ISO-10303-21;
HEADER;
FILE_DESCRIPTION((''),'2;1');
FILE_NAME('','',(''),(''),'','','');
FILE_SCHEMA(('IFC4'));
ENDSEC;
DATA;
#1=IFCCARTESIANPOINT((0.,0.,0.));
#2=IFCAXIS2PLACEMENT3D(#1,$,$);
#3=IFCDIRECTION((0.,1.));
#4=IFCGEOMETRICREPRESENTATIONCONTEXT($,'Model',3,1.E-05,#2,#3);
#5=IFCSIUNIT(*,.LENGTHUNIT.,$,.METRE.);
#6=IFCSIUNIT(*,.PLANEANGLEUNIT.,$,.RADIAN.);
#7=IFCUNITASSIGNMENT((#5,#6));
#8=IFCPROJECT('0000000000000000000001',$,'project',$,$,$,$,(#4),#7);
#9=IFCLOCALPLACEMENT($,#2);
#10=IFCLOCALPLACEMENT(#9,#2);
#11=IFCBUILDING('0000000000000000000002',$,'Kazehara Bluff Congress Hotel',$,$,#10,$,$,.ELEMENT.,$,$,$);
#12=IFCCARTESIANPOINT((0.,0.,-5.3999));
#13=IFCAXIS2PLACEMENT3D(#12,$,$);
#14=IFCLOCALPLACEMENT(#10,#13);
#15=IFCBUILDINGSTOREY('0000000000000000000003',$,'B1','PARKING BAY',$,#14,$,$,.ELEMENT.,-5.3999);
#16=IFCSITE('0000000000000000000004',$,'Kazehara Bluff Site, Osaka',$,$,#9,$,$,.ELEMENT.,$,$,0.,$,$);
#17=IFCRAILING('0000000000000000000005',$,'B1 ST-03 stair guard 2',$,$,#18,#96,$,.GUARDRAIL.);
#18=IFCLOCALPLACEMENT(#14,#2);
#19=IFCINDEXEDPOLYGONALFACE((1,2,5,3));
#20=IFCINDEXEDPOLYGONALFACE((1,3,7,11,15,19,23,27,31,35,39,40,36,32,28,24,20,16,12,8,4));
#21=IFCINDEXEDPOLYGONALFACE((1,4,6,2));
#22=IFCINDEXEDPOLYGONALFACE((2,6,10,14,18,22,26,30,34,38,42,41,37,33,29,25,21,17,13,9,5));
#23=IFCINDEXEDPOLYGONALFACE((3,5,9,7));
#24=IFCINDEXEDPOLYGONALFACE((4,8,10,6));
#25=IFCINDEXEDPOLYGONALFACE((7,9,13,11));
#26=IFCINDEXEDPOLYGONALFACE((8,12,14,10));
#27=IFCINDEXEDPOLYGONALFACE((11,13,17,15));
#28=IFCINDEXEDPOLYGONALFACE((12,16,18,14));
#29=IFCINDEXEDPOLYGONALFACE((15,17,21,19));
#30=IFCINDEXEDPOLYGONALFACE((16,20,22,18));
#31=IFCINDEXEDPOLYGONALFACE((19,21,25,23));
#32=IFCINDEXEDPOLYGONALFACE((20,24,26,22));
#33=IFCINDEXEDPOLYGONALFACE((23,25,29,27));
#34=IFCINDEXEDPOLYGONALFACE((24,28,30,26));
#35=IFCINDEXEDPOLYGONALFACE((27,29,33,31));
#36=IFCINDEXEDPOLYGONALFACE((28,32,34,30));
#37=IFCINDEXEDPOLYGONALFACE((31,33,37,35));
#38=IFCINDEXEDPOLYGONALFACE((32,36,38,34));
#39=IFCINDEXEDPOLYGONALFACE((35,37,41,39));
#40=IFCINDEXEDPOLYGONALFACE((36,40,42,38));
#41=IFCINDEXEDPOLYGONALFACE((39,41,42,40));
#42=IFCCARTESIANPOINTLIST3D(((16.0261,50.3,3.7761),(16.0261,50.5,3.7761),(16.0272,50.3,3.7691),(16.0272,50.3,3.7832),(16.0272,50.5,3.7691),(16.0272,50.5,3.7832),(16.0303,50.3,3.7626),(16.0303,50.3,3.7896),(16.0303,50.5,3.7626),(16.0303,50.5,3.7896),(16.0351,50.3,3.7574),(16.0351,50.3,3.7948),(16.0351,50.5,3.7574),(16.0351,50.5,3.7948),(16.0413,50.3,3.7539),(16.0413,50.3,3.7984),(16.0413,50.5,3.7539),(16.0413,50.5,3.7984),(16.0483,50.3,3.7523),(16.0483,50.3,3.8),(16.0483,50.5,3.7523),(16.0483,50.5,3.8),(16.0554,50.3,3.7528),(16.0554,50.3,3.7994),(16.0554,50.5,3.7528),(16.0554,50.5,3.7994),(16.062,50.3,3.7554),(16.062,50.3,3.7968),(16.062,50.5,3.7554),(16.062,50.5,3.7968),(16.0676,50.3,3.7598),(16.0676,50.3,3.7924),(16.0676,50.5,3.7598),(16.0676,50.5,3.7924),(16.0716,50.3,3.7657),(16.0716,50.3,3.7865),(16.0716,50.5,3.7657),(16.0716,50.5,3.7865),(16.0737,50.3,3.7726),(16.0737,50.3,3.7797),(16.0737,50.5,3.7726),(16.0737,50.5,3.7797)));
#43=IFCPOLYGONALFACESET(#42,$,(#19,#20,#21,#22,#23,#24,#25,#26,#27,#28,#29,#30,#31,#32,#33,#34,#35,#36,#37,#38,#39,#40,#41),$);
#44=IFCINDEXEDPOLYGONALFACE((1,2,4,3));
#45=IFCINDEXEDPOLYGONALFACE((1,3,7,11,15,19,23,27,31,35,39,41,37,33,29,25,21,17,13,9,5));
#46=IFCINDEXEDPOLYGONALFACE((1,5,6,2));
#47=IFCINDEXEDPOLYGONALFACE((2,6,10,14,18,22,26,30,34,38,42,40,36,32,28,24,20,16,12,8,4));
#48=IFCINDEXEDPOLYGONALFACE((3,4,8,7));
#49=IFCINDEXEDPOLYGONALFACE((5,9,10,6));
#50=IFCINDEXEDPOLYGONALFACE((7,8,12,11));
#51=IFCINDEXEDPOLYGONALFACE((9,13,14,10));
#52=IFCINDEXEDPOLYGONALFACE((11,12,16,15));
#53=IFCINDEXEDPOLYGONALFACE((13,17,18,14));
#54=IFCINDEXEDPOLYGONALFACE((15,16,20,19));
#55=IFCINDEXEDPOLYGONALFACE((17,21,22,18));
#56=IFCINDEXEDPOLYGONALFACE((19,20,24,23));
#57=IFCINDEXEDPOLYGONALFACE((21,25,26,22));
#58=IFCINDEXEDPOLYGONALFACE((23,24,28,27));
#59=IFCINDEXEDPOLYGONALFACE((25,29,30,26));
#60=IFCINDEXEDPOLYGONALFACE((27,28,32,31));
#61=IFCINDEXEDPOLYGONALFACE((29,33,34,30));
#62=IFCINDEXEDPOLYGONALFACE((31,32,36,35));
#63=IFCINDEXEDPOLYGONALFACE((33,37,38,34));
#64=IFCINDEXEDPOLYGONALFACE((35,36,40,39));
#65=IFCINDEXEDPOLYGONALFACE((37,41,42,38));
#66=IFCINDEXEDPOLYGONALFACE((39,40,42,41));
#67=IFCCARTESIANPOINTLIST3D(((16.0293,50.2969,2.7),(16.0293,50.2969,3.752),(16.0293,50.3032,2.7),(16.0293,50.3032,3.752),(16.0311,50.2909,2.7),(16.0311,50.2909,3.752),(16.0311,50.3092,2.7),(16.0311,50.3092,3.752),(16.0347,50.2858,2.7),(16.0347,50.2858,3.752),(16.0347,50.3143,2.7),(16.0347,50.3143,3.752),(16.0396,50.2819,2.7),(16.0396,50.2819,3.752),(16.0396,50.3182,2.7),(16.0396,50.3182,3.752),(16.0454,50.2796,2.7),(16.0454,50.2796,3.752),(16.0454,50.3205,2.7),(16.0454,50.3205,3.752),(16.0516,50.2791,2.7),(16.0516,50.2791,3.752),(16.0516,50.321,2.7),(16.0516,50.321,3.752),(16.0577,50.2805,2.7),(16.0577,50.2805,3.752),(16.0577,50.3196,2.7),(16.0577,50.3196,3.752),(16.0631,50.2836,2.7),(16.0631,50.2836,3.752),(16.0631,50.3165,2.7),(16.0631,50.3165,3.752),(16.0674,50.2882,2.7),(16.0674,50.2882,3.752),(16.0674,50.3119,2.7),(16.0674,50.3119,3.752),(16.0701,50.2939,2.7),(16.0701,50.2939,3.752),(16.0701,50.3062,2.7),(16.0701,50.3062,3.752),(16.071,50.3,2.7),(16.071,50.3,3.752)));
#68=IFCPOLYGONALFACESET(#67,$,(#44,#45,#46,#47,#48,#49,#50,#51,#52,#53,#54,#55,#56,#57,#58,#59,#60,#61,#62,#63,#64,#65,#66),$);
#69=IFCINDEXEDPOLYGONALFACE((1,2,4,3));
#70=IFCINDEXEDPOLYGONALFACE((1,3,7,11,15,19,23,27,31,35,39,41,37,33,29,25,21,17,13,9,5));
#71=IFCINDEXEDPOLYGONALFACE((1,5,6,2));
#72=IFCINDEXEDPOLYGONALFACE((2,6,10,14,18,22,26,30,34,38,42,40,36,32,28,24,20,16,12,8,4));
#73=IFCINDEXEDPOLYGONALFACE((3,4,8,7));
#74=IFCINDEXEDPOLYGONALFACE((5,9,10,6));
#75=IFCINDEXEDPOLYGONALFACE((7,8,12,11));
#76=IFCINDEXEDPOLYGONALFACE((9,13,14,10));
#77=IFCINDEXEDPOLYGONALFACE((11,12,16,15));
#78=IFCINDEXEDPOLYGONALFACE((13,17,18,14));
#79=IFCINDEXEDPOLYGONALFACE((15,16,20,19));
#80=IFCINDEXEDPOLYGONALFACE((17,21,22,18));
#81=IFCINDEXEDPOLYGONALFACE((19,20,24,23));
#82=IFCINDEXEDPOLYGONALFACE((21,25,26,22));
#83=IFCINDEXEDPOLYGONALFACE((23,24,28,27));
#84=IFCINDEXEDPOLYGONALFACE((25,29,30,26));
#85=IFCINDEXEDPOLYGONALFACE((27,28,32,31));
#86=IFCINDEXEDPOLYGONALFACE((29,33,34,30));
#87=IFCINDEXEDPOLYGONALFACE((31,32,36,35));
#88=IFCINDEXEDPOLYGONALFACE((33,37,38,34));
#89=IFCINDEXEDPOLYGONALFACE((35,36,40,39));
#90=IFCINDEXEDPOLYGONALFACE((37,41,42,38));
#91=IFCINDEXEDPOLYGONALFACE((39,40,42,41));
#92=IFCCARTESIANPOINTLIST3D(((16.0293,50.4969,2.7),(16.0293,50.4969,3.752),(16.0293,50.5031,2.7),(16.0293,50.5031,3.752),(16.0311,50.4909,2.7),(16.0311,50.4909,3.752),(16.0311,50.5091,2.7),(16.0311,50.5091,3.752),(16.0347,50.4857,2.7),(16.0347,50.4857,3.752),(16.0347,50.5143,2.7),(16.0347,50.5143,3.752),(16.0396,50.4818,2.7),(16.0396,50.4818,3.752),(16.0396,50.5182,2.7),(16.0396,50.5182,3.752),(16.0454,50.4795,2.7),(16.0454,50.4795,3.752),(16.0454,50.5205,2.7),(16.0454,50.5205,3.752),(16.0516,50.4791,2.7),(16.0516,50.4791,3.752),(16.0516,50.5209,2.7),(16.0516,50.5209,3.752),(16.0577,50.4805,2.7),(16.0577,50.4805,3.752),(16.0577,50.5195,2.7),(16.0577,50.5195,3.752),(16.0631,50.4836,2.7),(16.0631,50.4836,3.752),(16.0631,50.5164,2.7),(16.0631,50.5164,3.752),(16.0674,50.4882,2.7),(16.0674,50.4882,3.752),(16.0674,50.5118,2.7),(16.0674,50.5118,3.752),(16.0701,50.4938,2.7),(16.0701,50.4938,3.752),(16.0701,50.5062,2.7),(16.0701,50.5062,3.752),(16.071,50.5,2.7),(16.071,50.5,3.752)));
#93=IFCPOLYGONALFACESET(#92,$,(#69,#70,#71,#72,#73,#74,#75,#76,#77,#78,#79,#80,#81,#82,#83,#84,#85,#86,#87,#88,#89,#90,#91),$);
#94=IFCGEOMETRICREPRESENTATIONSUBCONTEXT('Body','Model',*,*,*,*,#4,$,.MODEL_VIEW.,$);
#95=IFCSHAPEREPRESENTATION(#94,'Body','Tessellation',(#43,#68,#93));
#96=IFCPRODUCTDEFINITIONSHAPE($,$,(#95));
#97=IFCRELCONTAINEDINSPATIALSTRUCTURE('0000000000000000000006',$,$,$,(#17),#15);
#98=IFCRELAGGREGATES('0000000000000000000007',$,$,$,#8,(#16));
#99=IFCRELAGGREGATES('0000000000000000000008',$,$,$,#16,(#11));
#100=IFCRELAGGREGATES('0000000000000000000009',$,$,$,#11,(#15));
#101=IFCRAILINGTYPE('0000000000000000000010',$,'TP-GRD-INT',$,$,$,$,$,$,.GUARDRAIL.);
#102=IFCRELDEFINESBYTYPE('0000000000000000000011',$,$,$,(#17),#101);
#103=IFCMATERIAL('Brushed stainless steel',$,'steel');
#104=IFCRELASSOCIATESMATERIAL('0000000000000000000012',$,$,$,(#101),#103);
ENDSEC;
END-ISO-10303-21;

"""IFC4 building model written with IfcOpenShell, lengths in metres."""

from ifc_helpers import new_model, si_unit, direction, frame, origin, origin_2d, place, context, subcontext, project, spatial, circle, extrude, material, type_object, element, save


model = new_model("IFC4")

# Units and contexts
model_context = context("Model", 3, precision=1e-05, world=origin(), true_north=direction((0.0, 1.0)))
body_context = subcontext(model_context, "Body", "Model", "MODEL_VIEW")
ifc_project = project(units=[si_unit("LENGTHUNIT", "METRE"), si_unit("PLANEANGLEUNIT", "RADIAN")], contexts=[model_context])

# Site, building, storey
site_placement = place(None, origin())
site = spatial("IfcSite", under=ifc_project, at=site_placement, Name="Kazehara Bluff Site, Osaka", CompositionType="ELEMENT", RefElevation=0.0)
building_placement = place(site_placement, origin())
building = spatial("IfcBuilding", under=site, at=building_placement, Name="Kazehara Bluff Congress Hotel", CompositionType="ELEMENT")
storey_placement = place(building_placement, frame((0.0, 0.0, -5.3999)))
storey = spatial("IfcBuildingStorey", under=building, at=storey_placement, Name="B1", Description="PARKING BAY", CompositionType="ELEMENT", Elevation=-5.3999)

# Railing
ifc_material_1 = material(Name="Brushed stainless steel", Category="steel")
railing_type_1 = type_object("IfcRailingType", Name="TP-GRD-INT", PredefinedType="GUARDRAIL", material=ifc_material_1)
railing_1_placement = place(storey_placement, frame((16.05, 50.3, 2.7)))
element("IfcRailing", 1, at=railing_1_placement, inside=storey, type_object=railing_type_1, Name="B1 ST-03 stair guard 2", PredefinedType="GUARDRAIL", context=body_context, shape_type="SweptSolid", body=[
    extrude(circle(Radius=0.0239, at=origin_2d()), frame((0.0, 0.0, 1.0762), z_axis=(0.0, 1.0, 0.0), x_axis=(-1.0, 0.0, 0.0)), (0.0, 0.0, 1.0), 0.2),
    extrude(circle(Radius=0.021, at=origin_2d()), origin(), (0.0, 0.0, 1.0), 1.052),
    extrude(circle(Radius=0.021, at=origin_2d()), frame((0.0, 0.2, 0.0)), (0.0, 0.0, 1.0), 1.052),
])

save(model, "model.ifc")
